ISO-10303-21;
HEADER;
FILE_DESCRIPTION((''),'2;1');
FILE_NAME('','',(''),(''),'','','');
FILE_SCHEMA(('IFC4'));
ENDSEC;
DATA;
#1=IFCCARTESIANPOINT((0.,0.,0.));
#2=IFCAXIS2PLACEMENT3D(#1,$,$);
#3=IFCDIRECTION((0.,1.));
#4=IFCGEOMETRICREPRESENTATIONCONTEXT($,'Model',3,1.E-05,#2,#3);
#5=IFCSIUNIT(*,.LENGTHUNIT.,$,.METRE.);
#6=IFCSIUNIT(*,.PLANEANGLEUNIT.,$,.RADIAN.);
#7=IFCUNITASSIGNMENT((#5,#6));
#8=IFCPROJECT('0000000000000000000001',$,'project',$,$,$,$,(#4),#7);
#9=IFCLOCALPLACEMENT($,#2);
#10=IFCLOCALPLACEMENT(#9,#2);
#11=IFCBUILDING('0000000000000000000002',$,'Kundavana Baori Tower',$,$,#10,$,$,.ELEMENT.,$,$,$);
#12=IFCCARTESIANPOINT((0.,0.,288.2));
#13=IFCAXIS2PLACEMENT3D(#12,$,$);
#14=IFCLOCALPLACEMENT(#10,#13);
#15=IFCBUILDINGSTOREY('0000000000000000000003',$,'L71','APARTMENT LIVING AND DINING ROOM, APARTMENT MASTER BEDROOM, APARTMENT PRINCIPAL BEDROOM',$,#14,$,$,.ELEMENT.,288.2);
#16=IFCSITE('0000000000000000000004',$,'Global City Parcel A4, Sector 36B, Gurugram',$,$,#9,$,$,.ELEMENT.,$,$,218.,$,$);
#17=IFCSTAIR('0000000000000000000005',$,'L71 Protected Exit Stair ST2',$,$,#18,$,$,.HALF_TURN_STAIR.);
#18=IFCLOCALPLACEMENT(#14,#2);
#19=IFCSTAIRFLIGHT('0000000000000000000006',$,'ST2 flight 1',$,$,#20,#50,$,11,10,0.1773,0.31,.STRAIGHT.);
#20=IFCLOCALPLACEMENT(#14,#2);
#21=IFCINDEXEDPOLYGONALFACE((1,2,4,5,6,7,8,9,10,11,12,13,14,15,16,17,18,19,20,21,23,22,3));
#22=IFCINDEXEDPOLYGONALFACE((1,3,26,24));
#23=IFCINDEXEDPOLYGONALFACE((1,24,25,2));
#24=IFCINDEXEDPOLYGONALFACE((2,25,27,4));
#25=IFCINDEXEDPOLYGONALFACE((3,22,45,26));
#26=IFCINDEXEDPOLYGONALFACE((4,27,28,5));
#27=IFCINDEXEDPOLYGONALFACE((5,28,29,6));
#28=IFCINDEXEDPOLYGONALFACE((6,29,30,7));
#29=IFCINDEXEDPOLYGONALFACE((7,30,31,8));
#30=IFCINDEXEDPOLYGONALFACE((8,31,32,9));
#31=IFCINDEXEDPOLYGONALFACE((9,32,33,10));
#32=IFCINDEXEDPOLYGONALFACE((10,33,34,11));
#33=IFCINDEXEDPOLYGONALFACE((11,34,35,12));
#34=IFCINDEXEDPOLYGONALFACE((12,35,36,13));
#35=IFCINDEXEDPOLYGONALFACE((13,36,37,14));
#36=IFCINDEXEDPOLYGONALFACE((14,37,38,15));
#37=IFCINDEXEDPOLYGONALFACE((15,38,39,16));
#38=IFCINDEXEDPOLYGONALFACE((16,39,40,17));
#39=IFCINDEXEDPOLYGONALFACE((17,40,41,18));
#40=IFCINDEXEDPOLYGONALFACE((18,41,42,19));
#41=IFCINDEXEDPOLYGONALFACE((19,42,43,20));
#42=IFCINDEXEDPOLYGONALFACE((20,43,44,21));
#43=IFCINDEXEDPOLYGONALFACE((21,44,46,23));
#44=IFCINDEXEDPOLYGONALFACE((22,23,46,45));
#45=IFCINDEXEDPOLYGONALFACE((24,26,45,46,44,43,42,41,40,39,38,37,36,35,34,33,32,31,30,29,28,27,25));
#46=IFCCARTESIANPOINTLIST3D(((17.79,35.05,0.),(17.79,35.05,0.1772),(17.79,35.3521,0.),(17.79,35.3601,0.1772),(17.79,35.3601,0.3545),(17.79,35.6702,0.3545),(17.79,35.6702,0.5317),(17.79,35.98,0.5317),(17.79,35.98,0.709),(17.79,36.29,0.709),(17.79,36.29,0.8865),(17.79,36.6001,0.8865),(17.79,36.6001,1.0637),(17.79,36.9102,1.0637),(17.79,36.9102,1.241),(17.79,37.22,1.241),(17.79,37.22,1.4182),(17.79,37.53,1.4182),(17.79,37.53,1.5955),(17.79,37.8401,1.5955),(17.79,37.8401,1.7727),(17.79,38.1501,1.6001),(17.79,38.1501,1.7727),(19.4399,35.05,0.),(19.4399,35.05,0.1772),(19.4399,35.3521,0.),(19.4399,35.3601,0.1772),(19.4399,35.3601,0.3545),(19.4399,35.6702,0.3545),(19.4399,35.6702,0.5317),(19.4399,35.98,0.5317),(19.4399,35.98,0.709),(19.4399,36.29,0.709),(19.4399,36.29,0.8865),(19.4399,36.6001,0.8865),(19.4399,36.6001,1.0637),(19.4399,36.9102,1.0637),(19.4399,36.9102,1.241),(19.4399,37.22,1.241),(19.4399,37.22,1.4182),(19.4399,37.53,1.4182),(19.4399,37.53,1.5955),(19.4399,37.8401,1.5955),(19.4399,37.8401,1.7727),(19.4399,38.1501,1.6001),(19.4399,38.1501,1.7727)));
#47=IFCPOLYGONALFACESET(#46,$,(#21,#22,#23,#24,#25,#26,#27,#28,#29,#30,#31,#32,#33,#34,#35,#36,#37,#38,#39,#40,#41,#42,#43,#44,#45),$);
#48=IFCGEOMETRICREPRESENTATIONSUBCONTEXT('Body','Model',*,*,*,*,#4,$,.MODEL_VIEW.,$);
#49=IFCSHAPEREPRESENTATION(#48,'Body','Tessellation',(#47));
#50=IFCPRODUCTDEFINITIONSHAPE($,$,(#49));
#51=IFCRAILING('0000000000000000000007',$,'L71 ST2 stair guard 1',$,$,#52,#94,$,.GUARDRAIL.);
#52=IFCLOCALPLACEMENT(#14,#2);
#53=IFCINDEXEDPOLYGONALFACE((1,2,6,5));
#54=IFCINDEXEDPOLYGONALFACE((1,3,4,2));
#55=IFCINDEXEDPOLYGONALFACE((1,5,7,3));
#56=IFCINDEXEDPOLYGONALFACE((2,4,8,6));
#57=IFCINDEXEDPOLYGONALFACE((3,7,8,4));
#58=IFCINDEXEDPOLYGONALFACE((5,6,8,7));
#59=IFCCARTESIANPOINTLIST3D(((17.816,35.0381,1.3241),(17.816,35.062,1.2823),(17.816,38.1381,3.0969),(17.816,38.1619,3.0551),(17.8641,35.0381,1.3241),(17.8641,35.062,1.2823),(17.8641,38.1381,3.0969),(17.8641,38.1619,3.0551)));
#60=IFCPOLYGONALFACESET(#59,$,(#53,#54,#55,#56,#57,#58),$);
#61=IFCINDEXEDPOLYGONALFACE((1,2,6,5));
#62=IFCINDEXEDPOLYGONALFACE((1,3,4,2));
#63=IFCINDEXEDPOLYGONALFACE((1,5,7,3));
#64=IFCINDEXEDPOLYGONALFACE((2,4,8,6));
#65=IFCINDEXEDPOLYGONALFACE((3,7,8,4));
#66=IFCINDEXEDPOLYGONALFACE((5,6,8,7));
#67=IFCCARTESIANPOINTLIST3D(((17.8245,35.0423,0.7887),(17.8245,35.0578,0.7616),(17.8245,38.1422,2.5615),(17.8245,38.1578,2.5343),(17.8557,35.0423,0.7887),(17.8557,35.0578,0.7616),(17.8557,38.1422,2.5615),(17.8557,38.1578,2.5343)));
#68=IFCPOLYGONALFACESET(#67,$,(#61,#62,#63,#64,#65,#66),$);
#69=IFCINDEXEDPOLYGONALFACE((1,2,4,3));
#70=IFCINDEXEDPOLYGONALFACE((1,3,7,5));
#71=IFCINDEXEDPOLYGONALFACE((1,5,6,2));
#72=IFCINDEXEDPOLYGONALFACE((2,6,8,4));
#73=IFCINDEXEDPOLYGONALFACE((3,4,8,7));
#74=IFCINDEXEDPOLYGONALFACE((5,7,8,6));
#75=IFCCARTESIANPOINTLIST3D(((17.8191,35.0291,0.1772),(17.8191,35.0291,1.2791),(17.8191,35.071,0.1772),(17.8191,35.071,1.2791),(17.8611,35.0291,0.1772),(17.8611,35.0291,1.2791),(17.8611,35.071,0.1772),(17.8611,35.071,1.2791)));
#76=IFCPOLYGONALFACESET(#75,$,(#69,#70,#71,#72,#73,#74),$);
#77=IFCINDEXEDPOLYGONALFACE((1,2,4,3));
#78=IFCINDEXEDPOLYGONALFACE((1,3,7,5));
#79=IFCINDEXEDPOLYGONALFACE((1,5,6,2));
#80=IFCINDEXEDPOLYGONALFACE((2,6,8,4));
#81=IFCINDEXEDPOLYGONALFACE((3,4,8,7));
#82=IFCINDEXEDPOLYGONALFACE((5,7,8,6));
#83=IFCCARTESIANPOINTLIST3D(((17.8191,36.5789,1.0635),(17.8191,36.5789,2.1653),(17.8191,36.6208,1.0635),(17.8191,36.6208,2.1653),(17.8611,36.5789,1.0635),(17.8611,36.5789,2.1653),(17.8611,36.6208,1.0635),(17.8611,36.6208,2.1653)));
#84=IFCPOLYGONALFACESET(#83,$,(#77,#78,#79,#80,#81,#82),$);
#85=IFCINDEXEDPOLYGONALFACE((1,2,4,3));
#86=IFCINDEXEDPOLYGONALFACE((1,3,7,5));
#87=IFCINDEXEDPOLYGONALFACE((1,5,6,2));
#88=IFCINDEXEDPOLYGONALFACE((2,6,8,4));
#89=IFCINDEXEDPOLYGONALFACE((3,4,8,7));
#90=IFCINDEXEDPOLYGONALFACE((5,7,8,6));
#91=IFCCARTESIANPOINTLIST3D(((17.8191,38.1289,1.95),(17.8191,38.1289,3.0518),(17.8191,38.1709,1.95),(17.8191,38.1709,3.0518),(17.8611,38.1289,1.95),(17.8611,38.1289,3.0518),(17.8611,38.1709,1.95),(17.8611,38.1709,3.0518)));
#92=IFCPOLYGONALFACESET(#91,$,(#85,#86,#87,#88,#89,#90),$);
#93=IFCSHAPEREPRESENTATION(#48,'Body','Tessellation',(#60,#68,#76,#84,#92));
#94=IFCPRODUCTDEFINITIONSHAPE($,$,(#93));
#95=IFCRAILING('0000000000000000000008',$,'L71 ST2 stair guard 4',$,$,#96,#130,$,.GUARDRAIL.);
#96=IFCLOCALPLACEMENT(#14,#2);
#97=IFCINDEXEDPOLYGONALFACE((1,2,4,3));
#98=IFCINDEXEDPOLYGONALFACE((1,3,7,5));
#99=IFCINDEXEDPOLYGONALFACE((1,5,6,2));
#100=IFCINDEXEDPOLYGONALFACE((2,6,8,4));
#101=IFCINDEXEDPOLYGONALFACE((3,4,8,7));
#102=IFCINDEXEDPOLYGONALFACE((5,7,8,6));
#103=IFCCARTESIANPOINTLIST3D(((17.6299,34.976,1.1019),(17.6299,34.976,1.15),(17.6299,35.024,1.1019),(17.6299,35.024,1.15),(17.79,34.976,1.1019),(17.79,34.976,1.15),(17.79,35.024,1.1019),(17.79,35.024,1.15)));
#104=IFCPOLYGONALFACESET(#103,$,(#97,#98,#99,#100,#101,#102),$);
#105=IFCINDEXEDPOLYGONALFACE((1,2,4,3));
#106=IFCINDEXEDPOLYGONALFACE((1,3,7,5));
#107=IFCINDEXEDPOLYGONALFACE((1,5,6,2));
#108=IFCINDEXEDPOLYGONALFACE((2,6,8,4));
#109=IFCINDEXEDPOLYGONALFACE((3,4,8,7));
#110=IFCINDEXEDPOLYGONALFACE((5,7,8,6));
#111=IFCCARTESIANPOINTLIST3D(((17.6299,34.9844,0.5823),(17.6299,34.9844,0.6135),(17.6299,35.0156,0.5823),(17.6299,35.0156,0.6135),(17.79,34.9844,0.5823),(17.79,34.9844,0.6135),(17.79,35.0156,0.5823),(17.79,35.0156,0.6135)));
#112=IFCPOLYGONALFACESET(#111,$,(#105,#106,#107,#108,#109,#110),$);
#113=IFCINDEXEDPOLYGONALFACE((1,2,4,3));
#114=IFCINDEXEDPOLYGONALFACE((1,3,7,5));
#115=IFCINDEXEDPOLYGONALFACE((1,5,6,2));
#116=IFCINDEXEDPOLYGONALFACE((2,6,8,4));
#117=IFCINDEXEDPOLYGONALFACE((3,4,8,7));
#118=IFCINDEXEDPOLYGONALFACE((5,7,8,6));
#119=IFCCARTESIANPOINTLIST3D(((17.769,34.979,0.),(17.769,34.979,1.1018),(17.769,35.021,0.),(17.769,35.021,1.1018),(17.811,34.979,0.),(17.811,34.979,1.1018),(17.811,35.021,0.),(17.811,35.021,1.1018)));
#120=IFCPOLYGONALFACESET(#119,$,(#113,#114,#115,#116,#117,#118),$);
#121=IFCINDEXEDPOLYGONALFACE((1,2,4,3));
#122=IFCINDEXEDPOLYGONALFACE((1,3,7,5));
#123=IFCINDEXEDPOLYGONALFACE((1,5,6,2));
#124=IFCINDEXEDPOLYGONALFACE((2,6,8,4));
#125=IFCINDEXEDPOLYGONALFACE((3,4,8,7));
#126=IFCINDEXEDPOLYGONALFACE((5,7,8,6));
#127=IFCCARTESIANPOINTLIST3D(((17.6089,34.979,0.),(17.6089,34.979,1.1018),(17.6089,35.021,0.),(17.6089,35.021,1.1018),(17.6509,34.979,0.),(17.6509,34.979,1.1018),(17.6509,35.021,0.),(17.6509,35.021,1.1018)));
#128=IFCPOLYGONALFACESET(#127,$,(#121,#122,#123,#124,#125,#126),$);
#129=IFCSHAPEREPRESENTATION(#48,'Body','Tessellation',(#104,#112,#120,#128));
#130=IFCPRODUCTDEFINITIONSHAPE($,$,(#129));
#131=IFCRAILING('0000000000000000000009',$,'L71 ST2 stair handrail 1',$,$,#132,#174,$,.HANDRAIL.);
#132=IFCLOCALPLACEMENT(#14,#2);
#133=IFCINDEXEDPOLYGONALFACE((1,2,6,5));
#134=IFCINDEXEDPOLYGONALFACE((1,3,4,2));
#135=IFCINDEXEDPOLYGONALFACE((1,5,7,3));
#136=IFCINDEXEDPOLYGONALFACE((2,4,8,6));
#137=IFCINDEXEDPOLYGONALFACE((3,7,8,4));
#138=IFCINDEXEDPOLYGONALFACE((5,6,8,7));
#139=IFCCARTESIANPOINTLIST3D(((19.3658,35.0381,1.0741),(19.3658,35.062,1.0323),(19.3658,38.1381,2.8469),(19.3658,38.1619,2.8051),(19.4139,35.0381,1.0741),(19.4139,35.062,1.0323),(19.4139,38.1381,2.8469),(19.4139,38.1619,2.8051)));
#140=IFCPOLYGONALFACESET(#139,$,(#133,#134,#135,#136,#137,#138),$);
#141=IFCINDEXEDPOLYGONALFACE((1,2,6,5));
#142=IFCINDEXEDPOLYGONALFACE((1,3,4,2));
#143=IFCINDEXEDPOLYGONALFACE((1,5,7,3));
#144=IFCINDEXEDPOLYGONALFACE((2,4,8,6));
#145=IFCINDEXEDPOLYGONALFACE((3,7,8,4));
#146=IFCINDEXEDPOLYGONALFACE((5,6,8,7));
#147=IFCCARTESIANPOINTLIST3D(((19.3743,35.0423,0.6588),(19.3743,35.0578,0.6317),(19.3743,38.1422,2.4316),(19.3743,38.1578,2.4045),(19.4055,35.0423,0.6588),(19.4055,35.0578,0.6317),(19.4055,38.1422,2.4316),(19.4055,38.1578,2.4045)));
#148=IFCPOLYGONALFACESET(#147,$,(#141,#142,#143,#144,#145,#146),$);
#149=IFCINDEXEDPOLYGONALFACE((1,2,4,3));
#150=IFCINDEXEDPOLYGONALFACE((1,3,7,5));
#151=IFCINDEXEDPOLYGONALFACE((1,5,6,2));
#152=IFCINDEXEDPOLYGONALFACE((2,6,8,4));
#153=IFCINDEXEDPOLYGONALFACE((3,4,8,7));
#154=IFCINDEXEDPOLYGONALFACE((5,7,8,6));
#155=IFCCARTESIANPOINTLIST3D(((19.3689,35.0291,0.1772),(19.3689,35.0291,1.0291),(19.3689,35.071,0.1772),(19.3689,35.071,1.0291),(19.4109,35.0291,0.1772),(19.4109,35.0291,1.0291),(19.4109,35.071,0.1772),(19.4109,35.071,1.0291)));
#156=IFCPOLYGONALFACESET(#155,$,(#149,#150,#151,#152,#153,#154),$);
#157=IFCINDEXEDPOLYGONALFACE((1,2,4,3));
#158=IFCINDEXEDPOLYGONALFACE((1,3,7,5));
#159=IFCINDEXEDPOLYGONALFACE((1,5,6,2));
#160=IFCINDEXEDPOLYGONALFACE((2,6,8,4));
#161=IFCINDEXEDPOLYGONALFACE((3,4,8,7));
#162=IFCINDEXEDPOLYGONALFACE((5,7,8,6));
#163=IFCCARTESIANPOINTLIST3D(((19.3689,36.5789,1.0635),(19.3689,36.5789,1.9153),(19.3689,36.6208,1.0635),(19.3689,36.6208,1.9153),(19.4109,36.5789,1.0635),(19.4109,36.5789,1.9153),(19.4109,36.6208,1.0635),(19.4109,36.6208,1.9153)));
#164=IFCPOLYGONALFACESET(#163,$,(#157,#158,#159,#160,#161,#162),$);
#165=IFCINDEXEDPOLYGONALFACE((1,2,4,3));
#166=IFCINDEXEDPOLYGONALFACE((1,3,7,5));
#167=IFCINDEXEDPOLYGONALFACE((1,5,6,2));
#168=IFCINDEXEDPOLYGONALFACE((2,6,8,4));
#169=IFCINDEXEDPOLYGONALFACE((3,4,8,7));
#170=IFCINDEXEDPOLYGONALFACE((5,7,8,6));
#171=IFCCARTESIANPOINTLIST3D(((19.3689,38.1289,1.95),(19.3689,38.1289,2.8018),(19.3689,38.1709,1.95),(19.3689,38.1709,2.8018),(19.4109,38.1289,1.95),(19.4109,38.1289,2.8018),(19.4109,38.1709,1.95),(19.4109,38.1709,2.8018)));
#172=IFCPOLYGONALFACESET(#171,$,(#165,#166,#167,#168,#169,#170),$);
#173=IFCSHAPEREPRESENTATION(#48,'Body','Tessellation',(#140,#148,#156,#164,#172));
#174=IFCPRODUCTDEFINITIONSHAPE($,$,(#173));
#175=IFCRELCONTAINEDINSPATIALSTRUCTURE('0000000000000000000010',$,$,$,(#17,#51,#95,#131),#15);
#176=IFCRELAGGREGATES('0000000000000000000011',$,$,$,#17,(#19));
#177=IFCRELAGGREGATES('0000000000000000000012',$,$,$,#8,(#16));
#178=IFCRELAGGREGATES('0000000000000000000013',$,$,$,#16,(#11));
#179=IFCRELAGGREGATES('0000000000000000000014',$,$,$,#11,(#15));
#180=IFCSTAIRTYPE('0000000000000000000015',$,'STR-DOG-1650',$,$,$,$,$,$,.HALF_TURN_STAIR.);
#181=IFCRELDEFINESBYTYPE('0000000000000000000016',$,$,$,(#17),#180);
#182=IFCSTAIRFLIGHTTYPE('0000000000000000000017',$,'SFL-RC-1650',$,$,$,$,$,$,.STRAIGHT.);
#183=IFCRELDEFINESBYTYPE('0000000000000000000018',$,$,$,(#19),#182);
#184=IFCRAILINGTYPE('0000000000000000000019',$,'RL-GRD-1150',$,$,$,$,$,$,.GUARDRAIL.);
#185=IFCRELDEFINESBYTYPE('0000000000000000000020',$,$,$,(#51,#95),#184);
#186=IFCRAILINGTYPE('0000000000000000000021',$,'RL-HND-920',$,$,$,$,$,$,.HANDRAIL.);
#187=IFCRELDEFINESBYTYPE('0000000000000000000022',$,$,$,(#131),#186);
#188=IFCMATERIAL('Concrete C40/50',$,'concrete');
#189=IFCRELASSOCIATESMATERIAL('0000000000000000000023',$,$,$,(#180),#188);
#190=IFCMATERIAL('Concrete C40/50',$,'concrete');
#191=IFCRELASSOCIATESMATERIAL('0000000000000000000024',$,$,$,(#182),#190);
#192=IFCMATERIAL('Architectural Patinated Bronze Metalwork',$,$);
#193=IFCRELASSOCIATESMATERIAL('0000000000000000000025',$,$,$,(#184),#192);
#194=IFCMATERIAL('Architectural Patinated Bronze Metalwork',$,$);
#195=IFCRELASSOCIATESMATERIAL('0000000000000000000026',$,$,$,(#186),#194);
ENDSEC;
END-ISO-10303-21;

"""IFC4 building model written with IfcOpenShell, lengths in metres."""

from ifc_helpers import new_model, si_unit, direction, frame, origin, origin_2d, place, context, subcontext, project, spatial, polyline, rectangle, outline, extrude, material, type_object, element, aggregate, save


model = new_model("IFC4")

# Units and contexts
model_context = context("Model", 3, precision=1e-05, world=origin(), true_north=direction((0.0, 1.0)))
body_context = subcontext(model_context, "Body", "Model", "MODEL_VIEW")
ifc_project = project(units=[si_unit("LENGTHUNIT", "METRE"), si_unit("PLANEANGLEUNIT", "RADIAN")], contexts=[model_context])

# Site, building, storey
site_placement = place(None, origin())
site = spatial("IfcSite", under=ifc_project, at=site_placement, Name="Global City Parcel A4, Sector 36B, Gurugram", CompositionType="ELEMENT", RefElevation=218.0)
building_placement = place(site_placement, origin())
building = spatial("IfcBuilding", under=site, at=building_placement, Name="Kundavana Baori Tower", CompositionType="ELEMENT")
storey_placement = place(building_placement, frame((0.0, 0.0, 288.2)))
storey = spatial("IfcBuildingStorey", under=building, at=storey_placement, Name="L71", Description="APARTMENT LIVING AND DINING ROOM, APARTMENT MASTER BEDROOM, APARTMENT PRINCIPAL BEDROOM", CompositionType="ELEMENT", Elevation=288.2)

# Stair, stair flight
ifc_material_1 = material(Name="Concrete C40/50", Category="concrete")
stair_type = type_object("IfcStairType", Name="STR-DOG-1650", PredefinedType="HALF_TURN_STAIR", material=ifc_material_1)
stair_placement = place(storey_placement, origin())
stair = element("IfcStair", 1, at=stair_placement, inside=storey, type_object=stair_type, Name="L71 Protected Exit Stair ST2", PredefinedType="HALF_TURN_STAIR")
ifc_material_2 = material(Name="Concrete C40/50", Category="concrete")
stair_flight_type = type_object("IfcStairFlightType", Name="SFL-RC-1650", PredefinedType="STRAIGHT", material=ifc_material_2)
stair_flight_placement = place(storey_placement, frame((18.615, 35.05, 0.0), z_axis=(0.0, 0.0, 1.0), x_axis=(0.0, 1.0, 0.0)))
stair_flight = element("IfcStairFlight", 2, at=stair_flight_placement, type_object=stair_flight_type, Name="ST2 flight 1", NumberOfRisers=11, NumberOfTreads=10, PredefinedType="STRAIGHT", RiserHeight=0.1773, TreadLength=0.31, context=body_context, shape_type="SweptSolid", body=[
    extrude(outline(polyline([(0.0, 0.0), (0.0, 0.1772), (0.3101, 0.1772), (0.3101, 0.3545), (0.6201, 0.3545), (0.6201, 0.5317), (0.9299, 0.5317), (0.9299, 0.709), (1.24, 0.709), (1.24, 0.8865), (1.55, 0.8865), (1.55, 1.0637), (1.8601, 1.0637), (1.8601, 1.241), (2.1699, 1.241), (2.1699, 1.4182), (2.48, 1.4182), (2.48, 1.5955), (2.79, 1.5955), (2.79, 1.7727), (3.1001, 1.7727), (3.1001, 1.95), (3.1001, 1.6001), (0.302, 0.0), (0.0, 0.0)])), frame((0.0, 0.825, 0.0), z_axis=(0.0, -1.0, 0.0), x_axis=(1.0, 0.0, 0.0)), (0.0, 0.0, 1.0), 1.6499),
])
aggregate(stair, [stair_flight])

# Railings
ifc_material_3 = material(Name="Architectural Patinated Bronze Metalwork")
railing_type_1 = type_object("IfcRailingType", Name="RL-GRD-1150", PredefinedType="GUARDRAIL", material=ifc_material_3)
railing_1_placement = place(storey_placement, frame((17.8401, 35.05, 0.1772)))
element("IfcRailing", 3, at=railing_1_placement, inside=storey, type_object=railing_type_1, Name="L71 ST2 stair guard 1", PredefinedType="GUARDRAIL", context=body_context, shape_type="SweptSolid", body=[
    extrude(rectangle(XDim=0.0481, YDim=0.0481, at=origin_2d()), frame((0.0, 0.0, 1.126), z_axis=(0.0, 0.868079, 0.496426), x_axis=(-1.0, 0.0, 0.0)), (0.0, 0.0, 1.0), 3.571),
    extrude(rectangle(XDim=0.0312, YDim=0.0312, at=origin_2d()), frame((0.0, 0.0, 0.5979), z_axis=(0.0, 0.868079, 0.496426), x_axis=(-1.0, 0.0, 0.0)), (0.0, 0.0, 1.0), 3.571),
    extrude(rectangle(XDim=0.042, YDim=0.042, at=origin_2d()), origin(), (0.0, 0.0, 1.0), 1.1018),
    extrude(rectangle(XDim=0.042, YDim=0.042, at=origin_2d()), frame((0.0, 1.5498, 0.8862)), (0.0, 0.0, 1.0), 1.1018),
    extrude(rectangle(XDim=0.042, YDim=0.042, at=origin_2d()), frame((0.0, 3.0999, 1.7727)), (0.0, 0.0, 1.0), 1.1018),
])
railing_2_placement = place(storey_placement, frame((17.79, 35.0, 0.0)))
element("IfcRailing", 4, at=railing_2_placement, inside=storey, type_object=railing_type_1, Name="L71 ST2 stair guard 4", PredefinedType="GUARDRAIL", context=body_context, shape_type="SweptSolid", body=[
    extrude(rectangle(XDim=0.0481, YDim=0.0481, at=origin_2d()), frame((0.0, 0.0, 1.126), z_axis=(-1.0, 0.0, 0.0), x_axis=(0.0, -1.0, 0.0)), (0.0, 0.0, 1.0), 0.1602),
    extrude(rectangle(XDim=0.0312, YDim=0.0312, at=origin_2d()), frame((0.0, 0.0, 0.5979), z_axis=(-1.0, 0.0, 0.0), x_axis=(0.0, -1.0, 0.0)), (0.0, 0.0, 1.0), 0.1602),
    extrude(rectangle(XDim=0.042, YDim=0.042, at=origin_2d()), origin(), (0.0, 0.0, 1.0), 1.1018),
    extrude(rectangle(XDim=0.042, YDim=0.042, at=origin_2d()), frame((-0.1602, 0.0, 0.0)), (0.0, 0.0, 1.0), 1.1018),
])
ifc_material_4 = material(Name="Architectural Patinated Bronze Metalwork")
railing_type_2 = type_object("IfcRailingType", Name="RL-HND-920", PredefinedType="HANDRAIL", material=ifc_material_4)
railing_3_placement = place(storey_placement, frame((19.3899, 35.05, 0.1772)))
element("IfcRailing", 5, at=railing_3_placement, inside=storey, type_object=railing_type_2, Name="L71 ST2 stair handrail 1", PredefinedType="HANDRAIL", context=body_context, shape_type="SweptSolid", body=[
    extrude(rectangle(XDim=0.0481, YDim=0.0481, at=origin_2d()), frame((0.0, 0.0, 0.876), z_axis=(0.0, 0.868079, 0.496426), x_axis=(-1.0, 0.0, 0.0)), (0.0, 0.0, 1.0), 3.571),
    extrude(rectangle(XDim=0.0312, YDim=0.0312, at=origin_2d()), frame((0.0, 0.0, 0.468), z_axis=(0.0, 0.868079, 0.496426), x_axis=(-1.0, 0.0, 0.0)), (0.0, 0.0, 1.0), 3.571),
    extrude(rectangle(XDim=0.042, YDim=0.042, at=origin_2d()), origin(), (0.0, 0.0, 1.0), 0.8518),
    extrude(rectangle(XDim=0.042, YDim=0.042, at=origin_2d()), frame((0.0, 1.5498, 0.8862)), (0.0, 0.0, 1.0), 0.8518),
    extrude(rectangle(XDim=0.042, YDim=0.042, at=origin_2d()), frame((0.0, 3.0999, 1.7727)), (0.0, 0.0, 1.0), 0.8518),
])

save(model, "model.ifc")
